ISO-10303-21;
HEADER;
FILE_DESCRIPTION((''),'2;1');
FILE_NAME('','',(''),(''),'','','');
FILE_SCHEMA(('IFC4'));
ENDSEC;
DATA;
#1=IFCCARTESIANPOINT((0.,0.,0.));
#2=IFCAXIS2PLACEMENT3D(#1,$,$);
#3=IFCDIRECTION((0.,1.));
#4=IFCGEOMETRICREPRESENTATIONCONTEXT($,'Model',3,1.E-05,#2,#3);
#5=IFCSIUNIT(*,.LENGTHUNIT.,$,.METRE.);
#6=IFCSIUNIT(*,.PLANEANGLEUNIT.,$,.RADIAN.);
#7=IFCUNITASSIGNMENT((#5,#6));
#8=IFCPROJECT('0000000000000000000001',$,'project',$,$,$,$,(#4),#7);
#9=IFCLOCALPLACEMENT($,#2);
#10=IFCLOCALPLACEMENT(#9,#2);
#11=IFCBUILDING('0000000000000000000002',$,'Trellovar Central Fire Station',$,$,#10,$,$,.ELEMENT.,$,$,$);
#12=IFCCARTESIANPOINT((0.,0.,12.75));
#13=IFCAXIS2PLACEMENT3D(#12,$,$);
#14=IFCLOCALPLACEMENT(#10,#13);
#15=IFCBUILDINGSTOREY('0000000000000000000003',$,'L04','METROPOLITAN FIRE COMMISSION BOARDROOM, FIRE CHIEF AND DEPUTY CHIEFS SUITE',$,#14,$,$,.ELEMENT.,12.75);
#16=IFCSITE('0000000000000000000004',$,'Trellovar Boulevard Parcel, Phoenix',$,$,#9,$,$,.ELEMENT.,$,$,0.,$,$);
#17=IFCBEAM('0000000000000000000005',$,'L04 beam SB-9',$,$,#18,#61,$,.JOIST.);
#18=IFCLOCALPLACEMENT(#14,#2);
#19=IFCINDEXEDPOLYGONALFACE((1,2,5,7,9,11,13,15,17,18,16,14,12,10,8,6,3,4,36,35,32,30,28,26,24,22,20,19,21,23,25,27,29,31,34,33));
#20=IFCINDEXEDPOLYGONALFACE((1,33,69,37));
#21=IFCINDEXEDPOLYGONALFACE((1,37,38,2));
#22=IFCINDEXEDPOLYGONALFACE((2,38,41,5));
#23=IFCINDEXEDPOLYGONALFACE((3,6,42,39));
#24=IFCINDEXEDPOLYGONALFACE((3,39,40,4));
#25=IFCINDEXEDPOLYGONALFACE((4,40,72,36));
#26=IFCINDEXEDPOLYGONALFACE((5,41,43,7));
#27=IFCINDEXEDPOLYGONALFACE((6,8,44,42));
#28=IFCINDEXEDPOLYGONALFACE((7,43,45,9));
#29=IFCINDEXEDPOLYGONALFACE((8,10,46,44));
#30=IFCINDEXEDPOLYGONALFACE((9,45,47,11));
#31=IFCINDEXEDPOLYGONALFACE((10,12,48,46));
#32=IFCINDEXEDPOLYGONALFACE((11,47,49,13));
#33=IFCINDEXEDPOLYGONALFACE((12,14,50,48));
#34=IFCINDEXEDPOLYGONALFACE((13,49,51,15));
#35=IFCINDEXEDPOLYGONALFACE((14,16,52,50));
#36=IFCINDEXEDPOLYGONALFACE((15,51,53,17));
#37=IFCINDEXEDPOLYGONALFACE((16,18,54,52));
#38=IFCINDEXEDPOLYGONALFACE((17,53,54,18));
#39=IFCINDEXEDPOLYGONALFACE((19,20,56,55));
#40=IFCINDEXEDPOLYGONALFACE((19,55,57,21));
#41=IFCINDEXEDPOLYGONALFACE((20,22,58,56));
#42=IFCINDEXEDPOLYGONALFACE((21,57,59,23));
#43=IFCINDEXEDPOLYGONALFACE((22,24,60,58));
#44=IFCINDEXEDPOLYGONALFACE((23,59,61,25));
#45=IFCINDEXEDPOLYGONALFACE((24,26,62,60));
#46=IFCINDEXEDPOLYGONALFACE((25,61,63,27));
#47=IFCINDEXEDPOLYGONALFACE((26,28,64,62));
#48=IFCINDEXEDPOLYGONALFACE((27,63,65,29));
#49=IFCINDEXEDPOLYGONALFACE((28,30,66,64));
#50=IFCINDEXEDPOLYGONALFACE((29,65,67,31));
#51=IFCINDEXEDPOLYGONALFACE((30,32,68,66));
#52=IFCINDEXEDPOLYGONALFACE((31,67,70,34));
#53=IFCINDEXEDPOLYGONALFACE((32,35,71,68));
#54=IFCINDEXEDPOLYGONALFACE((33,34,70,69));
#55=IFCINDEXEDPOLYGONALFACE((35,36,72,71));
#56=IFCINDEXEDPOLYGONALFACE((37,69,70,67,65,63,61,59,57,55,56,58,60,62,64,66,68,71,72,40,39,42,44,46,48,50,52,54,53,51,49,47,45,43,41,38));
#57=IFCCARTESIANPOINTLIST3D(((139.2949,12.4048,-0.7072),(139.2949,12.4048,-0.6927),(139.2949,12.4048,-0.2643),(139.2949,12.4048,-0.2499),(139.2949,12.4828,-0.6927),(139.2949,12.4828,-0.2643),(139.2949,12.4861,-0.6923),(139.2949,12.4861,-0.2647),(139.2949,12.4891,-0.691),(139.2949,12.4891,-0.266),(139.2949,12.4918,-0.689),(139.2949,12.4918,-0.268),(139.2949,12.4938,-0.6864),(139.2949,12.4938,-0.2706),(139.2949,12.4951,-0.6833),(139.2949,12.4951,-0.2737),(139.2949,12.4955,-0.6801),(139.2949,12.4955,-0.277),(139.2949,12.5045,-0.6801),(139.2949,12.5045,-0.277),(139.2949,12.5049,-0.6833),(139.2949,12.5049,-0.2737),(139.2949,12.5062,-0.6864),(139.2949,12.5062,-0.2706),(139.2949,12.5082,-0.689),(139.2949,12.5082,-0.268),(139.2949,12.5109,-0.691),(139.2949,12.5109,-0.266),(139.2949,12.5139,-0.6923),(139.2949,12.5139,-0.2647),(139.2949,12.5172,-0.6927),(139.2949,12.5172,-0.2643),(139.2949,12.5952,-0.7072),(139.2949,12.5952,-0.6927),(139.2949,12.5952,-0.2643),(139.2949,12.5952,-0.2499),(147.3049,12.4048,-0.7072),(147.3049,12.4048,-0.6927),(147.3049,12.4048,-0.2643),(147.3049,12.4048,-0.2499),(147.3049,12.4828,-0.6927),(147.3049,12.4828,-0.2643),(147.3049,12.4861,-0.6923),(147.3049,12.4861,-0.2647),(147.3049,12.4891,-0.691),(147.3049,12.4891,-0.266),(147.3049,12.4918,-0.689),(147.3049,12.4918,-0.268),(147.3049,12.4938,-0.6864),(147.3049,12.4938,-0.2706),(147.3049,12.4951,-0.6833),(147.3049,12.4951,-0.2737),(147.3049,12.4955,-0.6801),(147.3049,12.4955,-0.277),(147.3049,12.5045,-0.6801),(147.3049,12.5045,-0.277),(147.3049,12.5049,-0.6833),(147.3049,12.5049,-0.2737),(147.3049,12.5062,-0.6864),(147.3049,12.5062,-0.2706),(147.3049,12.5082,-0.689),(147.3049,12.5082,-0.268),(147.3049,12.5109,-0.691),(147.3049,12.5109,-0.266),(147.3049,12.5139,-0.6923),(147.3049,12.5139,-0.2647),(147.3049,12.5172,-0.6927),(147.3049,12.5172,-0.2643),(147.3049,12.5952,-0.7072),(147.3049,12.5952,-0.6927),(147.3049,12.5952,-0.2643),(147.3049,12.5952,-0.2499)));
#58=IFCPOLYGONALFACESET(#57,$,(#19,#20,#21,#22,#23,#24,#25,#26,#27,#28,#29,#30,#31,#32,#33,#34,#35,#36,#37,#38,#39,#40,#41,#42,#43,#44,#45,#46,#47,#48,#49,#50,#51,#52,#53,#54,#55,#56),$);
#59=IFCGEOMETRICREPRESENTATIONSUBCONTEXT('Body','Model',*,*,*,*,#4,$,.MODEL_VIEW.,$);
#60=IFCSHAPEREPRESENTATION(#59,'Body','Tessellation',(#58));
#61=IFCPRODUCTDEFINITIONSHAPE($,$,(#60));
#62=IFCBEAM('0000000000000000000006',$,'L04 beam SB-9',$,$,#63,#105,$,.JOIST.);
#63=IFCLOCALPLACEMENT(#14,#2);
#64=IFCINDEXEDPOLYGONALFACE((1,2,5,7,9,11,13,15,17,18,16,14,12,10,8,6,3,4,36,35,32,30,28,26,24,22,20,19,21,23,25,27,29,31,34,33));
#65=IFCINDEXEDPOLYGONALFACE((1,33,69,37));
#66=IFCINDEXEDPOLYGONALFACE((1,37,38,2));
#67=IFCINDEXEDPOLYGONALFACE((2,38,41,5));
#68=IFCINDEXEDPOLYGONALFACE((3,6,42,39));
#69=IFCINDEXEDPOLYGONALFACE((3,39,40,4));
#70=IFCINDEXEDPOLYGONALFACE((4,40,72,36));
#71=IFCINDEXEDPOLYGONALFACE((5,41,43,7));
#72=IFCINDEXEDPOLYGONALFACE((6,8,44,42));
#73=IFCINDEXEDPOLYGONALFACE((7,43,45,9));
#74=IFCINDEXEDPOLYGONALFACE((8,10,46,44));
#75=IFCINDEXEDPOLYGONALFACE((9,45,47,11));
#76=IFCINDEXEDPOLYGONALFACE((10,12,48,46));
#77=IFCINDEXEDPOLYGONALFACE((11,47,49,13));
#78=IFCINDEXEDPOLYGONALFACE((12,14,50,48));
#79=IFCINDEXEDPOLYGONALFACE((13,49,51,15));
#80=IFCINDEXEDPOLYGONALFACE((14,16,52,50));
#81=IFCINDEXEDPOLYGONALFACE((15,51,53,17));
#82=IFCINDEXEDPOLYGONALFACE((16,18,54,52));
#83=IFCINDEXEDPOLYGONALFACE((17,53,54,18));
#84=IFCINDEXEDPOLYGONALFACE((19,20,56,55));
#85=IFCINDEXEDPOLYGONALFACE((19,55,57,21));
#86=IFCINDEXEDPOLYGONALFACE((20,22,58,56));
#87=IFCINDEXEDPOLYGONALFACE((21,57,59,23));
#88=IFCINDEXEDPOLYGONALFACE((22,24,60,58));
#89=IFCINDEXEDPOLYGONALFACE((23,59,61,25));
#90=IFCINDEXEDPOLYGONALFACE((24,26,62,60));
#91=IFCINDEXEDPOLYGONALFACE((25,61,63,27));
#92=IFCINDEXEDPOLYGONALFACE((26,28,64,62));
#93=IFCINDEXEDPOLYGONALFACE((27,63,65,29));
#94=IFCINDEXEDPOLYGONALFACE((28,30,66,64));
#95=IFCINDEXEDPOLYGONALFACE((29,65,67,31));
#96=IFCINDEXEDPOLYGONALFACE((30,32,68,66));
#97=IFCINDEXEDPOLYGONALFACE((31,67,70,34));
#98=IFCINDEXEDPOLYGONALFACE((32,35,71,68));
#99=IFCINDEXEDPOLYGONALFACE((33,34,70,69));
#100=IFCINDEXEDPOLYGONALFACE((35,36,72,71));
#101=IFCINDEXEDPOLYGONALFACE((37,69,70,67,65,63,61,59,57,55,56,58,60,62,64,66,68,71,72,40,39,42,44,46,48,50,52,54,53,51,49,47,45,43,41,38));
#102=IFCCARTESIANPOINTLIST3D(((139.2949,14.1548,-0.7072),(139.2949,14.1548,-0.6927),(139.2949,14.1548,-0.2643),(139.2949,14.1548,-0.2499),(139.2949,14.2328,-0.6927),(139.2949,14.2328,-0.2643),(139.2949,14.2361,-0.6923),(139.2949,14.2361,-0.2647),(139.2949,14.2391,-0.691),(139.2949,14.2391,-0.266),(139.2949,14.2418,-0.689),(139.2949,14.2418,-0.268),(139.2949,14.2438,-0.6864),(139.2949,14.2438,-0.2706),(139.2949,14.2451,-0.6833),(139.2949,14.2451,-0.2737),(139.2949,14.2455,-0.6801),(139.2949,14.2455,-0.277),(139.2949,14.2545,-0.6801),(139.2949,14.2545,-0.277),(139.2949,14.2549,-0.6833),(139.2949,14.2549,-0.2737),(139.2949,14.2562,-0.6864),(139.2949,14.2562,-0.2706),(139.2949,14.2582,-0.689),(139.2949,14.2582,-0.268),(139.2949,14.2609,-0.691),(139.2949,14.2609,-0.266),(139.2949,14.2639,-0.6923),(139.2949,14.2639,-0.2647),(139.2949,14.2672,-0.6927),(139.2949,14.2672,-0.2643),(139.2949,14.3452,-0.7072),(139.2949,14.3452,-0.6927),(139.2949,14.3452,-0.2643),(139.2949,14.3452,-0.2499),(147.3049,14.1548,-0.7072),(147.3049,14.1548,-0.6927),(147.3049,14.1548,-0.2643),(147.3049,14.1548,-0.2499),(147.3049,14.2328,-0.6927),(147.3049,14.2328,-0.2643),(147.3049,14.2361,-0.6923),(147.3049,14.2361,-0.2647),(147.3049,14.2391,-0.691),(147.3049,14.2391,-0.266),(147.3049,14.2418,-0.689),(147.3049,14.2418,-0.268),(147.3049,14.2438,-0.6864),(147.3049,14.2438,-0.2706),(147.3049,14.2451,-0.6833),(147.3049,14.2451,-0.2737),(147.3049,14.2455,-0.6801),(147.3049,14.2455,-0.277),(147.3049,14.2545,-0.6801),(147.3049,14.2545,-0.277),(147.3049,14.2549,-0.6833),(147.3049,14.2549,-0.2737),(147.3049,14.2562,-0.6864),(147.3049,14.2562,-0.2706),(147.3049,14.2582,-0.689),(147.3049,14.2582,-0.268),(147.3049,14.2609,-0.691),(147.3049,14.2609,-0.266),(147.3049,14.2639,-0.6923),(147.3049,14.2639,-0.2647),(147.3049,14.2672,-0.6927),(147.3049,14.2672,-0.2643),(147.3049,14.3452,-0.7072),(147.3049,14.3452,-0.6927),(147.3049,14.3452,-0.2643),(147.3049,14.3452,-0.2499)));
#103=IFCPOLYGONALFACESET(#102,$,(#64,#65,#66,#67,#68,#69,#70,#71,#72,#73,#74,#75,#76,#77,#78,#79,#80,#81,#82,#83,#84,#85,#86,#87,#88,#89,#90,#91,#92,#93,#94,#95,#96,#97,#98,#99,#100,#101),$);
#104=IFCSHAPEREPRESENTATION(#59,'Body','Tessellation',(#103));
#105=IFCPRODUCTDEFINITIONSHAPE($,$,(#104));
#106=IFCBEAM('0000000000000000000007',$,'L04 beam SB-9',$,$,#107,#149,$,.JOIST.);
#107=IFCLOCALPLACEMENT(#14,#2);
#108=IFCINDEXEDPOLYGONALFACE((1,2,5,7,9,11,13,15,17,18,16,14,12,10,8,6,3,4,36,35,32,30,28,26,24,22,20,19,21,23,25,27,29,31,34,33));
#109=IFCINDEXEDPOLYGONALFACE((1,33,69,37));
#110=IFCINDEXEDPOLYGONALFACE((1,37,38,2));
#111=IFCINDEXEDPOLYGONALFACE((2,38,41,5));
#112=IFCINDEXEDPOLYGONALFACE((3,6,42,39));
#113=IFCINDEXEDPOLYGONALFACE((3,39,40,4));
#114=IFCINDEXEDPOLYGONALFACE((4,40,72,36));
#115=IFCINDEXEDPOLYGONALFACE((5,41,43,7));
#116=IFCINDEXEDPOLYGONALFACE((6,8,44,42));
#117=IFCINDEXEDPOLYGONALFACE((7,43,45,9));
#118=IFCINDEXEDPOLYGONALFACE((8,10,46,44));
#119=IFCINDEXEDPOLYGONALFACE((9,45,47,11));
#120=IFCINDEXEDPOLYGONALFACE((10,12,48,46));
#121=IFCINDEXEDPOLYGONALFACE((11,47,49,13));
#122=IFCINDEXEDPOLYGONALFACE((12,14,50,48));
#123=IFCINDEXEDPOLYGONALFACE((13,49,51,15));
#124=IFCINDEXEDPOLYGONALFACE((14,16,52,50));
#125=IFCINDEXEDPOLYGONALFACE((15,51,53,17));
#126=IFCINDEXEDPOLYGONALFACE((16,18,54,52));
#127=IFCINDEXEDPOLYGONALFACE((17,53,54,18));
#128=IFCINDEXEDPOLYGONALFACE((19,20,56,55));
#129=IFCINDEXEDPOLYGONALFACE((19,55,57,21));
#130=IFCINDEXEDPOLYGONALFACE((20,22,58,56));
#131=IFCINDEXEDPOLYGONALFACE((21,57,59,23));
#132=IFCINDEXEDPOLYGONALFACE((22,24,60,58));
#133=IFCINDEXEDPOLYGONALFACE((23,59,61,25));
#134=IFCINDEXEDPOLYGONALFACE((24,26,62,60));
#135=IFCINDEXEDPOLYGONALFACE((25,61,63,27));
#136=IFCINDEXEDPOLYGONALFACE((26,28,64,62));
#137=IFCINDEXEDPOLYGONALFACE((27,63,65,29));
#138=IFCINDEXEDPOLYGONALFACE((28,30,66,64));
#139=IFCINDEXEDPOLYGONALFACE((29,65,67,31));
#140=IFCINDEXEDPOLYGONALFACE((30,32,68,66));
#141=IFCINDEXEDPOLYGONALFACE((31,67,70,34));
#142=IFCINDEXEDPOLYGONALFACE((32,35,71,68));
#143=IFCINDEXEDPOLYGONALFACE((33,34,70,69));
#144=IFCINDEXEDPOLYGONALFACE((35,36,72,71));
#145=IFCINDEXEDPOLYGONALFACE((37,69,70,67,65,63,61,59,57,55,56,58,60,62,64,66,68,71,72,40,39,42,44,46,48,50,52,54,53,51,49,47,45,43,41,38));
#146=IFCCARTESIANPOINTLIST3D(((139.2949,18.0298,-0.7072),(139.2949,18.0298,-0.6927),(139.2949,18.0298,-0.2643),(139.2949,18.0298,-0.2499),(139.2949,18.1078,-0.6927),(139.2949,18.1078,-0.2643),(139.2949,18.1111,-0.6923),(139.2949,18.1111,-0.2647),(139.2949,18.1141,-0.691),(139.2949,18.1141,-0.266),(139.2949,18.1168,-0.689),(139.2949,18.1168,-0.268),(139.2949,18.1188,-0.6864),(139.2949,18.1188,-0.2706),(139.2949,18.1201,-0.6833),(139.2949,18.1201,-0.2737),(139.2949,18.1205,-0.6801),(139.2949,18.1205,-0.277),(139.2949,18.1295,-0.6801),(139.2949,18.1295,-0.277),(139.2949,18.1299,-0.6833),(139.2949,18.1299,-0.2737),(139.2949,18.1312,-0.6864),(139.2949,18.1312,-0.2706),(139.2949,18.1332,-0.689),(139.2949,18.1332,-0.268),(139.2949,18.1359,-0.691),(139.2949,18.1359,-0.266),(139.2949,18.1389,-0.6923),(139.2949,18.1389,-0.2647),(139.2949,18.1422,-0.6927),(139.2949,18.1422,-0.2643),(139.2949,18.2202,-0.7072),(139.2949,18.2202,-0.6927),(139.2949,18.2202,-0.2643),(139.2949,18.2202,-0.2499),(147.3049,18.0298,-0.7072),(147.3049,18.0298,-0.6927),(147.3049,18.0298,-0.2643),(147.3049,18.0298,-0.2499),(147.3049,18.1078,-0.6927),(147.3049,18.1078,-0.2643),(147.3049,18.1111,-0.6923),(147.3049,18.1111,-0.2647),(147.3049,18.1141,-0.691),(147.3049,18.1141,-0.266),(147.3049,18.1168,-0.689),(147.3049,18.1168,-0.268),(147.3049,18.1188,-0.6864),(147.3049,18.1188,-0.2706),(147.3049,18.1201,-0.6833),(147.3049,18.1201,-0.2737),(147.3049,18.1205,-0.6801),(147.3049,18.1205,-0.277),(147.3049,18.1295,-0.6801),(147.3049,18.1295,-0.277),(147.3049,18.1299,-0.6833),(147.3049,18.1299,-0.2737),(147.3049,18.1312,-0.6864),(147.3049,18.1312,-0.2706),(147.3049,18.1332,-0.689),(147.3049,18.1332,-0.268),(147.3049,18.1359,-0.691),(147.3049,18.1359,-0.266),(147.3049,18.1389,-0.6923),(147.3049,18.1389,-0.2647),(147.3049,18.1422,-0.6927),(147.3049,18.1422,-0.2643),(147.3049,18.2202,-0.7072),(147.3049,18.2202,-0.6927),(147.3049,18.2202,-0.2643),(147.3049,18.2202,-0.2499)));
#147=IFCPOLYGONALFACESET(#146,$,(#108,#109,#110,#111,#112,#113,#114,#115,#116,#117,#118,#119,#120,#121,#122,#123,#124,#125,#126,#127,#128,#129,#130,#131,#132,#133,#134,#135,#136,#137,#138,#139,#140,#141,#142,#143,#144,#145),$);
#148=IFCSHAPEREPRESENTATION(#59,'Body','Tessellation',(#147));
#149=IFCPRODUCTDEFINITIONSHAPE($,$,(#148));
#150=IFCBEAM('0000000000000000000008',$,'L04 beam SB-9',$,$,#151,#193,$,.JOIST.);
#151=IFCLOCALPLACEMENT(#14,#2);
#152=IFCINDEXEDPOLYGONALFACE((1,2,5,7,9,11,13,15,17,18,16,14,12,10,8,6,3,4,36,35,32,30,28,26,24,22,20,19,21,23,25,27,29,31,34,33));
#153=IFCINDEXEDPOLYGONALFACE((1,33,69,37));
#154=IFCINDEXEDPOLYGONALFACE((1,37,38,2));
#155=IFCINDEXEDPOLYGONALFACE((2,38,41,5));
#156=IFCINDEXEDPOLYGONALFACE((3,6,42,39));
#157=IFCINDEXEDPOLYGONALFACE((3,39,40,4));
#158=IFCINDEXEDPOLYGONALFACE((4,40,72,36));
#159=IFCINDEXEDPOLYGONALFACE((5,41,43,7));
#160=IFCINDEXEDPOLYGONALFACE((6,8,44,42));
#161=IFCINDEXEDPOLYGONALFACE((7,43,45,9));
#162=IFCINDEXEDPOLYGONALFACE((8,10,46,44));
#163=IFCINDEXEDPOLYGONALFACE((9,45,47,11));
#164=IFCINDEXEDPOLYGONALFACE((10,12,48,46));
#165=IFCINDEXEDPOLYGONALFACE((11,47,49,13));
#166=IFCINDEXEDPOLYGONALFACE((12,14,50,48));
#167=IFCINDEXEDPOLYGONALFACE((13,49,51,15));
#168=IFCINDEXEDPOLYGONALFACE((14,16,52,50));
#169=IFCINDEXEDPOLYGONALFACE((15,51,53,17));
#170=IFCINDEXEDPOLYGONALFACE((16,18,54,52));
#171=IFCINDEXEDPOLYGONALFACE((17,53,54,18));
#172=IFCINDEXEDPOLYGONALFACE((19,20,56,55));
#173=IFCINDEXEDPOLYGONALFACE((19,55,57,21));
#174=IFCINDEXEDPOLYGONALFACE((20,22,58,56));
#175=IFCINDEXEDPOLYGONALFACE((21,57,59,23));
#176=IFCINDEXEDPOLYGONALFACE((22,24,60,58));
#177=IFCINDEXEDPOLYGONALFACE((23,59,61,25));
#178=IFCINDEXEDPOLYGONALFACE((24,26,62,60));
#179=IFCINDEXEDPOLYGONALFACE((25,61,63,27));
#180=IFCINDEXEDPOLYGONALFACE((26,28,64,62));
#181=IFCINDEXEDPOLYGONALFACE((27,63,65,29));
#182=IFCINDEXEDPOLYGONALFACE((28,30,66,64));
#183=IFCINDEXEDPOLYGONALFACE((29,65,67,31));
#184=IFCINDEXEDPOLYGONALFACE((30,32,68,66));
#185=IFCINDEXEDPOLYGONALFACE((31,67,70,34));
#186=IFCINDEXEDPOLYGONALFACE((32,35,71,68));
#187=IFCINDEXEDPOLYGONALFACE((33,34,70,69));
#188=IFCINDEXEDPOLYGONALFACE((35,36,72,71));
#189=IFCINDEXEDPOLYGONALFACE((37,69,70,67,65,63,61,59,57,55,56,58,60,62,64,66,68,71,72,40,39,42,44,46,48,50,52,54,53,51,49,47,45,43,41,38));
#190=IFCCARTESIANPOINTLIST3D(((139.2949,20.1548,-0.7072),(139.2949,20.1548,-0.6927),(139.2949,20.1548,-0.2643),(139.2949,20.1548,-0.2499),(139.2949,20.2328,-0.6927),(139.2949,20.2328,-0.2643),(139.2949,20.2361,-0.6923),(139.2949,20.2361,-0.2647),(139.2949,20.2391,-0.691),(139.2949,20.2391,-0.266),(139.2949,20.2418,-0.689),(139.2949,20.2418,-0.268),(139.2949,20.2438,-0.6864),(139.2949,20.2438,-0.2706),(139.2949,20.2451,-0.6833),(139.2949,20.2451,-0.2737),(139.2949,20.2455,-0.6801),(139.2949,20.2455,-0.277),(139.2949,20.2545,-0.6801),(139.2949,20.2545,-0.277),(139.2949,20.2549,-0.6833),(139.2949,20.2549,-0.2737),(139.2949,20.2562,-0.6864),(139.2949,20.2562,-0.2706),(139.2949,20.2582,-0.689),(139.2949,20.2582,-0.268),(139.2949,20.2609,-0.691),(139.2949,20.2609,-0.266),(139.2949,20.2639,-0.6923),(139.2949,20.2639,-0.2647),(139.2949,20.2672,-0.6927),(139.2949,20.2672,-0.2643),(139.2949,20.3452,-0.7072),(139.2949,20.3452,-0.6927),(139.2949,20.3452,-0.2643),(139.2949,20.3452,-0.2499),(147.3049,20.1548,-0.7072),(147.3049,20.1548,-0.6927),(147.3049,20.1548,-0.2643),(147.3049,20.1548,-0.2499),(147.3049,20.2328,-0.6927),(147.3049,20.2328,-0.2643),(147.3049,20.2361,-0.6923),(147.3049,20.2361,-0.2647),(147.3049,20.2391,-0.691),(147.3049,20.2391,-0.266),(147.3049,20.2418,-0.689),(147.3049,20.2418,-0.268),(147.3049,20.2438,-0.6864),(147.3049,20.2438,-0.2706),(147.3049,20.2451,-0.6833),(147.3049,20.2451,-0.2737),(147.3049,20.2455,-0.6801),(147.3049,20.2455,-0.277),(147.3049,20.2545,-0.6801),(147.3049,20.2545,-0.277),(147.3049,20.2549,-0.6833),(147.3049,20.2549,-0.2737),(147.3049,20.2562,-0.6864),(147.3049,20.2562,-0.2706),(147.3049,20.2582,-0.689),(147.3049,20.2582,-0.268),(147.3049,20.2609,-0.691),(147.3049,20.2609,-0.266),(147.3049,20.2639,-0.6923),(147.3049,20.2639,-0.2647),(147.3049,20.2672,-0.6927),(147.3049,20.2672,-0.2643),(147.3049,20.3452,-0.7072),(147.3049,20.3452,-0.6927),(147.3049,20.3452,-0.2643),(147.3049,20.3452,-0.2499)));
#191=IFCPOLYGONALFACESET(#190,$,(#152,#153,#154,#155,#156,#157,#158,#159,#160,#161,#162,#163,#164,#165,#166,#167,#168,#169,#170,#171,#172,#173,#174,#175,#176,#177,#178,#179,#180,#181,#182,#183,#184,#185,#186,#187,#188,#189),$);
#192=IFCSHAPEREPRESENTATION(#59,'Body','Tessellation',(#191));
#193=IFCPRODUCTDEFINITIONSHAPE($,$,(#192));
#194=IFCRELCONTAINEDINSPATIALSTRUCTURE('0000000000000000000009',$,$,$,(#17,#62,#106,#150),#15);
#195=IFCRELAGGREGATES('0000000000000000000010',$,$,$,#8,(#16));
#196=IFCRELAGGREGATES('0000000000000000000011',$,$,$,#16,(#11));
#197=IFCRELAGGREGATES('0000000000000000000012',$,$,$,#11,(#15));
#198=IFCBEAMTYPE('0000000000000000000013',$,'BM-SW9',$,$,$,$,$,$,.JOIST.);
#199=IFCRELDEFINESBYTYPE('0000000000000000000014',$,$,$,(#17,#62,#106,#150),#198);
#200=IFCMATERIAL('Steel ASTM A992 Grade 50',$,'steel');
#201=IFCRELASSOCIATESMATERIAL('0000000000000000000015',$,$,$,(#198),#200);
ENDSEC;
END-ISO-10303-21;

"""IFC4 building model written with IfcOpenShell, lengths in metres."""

from ifc_helpers import new_model, si_unit, direction, frame, origin, origin_2d, place, context, subcontext, project, spatial, i_section, extrude, material, material_profile, profile_set, type_object, element, save


model = new_model("IFC4")

# Units and contexts
model_context = context("Model", 3, precision=1e-05, world=origin(), true_north=direction((0.0, 1.0)))
body_context = subcontext(model_context, "Body", "Model", "MODEL_VIEW")
ifc_project = project(units=[si_unit("LENGTHUNIT", "METRE"), si_unit("PLANEANGLEUNIT", "RADIAN")], contexts=[model_context])

# Site, building, storey
site_placement = place(None, origin())
site = spatial("IfcSite", under=ifc_project, at=site_placement, Name="Trellovar Boulevard Parcel, Phoenix", CompositionType="ELEMENT", RefElevation=0.0)
building_placement = place(site_placement, origin())
building = spatial("IfcBuilding", under=site, at=building_placement, Name="Trellovar Central Fire Station", CompositionType="ELEMENT")
storey_placement = place(building_placement, frame((0.0, 0.0, 12.75)))
storey = spatial("IfcBuildingStorey", under=building, at=storey_placement, Name="L04", Description="METROPOLITAN FIRE COMMISSION BOARDROOM, FIRE CHIEF AND DEPUTY CHIEFS SUITE", CompositionType="ELEMENT", Elevation=12.75)

# Beams
ifc_material_1 = material(Name="Steel ASTM A992 Grade 50", Category="steel")
ifc_material_profile_1 = material_profile(ifc_material_1, i_section(OverallWidth=0.1904, OverallDepth=0.4573, WebThickness=0.009, FlangeThickness=0.0144, FilletRadius=0.0127, at=origin_2d()), Name="W18X50")
ifc_profile_set_1 = profile_set([ifc_material_profile_1], Name="Steel ASTM A992 Grade 50")
beam_type_1 = type_object("IfcBeamType", Name="BM-SW9", PredefinedType="JOIST", material=ifc_profile_set_1)
for number, where, z_axis, x_axis, name in (
    (1, (139.2949, 12.5, -0.4785), (1.0, 0.0, 0.0), (0.0, 1.0, 0.0), "L04 beam SB-9"),
    (2, (139.2949, 14.25, -0.4785), (1.0, 0.0, 0.0), (0.0, 1.0, 0.0), "L04 beam SB-9"),
    (3, (139.2949, 18.125, -0.4785), (1.0, 0.0, 0.0), (0.0, 1.0, 0.0), "L04 beam SB-9"),
    (4, (139.2949, 20.25, -0.4785), (1.0, 0.0, 0.0), (0.0, 1.0, 0.0), "L04 beam SB-9"),
):
    element("IfcBeam", number, at=place(storey_placement, frame(where, z_axis=z_axis, x_axis=x_axis)), inside=storey, type_object=beam_type_1, Name=name, PredefinedType="JOIST", context=body_context, shape_type="SweptSolid", body=[
        extrude(i_section(OverallWidth=0.1904, OverallDepth=0.4573, WebThickness=0.009, FlangeThickness=0.0144, FilletRadius=0.0127, at=origin_2d()), origin(), (0.0, 0.0, 1.0), 8.01),
    ])

save(model, "model.ifc")
